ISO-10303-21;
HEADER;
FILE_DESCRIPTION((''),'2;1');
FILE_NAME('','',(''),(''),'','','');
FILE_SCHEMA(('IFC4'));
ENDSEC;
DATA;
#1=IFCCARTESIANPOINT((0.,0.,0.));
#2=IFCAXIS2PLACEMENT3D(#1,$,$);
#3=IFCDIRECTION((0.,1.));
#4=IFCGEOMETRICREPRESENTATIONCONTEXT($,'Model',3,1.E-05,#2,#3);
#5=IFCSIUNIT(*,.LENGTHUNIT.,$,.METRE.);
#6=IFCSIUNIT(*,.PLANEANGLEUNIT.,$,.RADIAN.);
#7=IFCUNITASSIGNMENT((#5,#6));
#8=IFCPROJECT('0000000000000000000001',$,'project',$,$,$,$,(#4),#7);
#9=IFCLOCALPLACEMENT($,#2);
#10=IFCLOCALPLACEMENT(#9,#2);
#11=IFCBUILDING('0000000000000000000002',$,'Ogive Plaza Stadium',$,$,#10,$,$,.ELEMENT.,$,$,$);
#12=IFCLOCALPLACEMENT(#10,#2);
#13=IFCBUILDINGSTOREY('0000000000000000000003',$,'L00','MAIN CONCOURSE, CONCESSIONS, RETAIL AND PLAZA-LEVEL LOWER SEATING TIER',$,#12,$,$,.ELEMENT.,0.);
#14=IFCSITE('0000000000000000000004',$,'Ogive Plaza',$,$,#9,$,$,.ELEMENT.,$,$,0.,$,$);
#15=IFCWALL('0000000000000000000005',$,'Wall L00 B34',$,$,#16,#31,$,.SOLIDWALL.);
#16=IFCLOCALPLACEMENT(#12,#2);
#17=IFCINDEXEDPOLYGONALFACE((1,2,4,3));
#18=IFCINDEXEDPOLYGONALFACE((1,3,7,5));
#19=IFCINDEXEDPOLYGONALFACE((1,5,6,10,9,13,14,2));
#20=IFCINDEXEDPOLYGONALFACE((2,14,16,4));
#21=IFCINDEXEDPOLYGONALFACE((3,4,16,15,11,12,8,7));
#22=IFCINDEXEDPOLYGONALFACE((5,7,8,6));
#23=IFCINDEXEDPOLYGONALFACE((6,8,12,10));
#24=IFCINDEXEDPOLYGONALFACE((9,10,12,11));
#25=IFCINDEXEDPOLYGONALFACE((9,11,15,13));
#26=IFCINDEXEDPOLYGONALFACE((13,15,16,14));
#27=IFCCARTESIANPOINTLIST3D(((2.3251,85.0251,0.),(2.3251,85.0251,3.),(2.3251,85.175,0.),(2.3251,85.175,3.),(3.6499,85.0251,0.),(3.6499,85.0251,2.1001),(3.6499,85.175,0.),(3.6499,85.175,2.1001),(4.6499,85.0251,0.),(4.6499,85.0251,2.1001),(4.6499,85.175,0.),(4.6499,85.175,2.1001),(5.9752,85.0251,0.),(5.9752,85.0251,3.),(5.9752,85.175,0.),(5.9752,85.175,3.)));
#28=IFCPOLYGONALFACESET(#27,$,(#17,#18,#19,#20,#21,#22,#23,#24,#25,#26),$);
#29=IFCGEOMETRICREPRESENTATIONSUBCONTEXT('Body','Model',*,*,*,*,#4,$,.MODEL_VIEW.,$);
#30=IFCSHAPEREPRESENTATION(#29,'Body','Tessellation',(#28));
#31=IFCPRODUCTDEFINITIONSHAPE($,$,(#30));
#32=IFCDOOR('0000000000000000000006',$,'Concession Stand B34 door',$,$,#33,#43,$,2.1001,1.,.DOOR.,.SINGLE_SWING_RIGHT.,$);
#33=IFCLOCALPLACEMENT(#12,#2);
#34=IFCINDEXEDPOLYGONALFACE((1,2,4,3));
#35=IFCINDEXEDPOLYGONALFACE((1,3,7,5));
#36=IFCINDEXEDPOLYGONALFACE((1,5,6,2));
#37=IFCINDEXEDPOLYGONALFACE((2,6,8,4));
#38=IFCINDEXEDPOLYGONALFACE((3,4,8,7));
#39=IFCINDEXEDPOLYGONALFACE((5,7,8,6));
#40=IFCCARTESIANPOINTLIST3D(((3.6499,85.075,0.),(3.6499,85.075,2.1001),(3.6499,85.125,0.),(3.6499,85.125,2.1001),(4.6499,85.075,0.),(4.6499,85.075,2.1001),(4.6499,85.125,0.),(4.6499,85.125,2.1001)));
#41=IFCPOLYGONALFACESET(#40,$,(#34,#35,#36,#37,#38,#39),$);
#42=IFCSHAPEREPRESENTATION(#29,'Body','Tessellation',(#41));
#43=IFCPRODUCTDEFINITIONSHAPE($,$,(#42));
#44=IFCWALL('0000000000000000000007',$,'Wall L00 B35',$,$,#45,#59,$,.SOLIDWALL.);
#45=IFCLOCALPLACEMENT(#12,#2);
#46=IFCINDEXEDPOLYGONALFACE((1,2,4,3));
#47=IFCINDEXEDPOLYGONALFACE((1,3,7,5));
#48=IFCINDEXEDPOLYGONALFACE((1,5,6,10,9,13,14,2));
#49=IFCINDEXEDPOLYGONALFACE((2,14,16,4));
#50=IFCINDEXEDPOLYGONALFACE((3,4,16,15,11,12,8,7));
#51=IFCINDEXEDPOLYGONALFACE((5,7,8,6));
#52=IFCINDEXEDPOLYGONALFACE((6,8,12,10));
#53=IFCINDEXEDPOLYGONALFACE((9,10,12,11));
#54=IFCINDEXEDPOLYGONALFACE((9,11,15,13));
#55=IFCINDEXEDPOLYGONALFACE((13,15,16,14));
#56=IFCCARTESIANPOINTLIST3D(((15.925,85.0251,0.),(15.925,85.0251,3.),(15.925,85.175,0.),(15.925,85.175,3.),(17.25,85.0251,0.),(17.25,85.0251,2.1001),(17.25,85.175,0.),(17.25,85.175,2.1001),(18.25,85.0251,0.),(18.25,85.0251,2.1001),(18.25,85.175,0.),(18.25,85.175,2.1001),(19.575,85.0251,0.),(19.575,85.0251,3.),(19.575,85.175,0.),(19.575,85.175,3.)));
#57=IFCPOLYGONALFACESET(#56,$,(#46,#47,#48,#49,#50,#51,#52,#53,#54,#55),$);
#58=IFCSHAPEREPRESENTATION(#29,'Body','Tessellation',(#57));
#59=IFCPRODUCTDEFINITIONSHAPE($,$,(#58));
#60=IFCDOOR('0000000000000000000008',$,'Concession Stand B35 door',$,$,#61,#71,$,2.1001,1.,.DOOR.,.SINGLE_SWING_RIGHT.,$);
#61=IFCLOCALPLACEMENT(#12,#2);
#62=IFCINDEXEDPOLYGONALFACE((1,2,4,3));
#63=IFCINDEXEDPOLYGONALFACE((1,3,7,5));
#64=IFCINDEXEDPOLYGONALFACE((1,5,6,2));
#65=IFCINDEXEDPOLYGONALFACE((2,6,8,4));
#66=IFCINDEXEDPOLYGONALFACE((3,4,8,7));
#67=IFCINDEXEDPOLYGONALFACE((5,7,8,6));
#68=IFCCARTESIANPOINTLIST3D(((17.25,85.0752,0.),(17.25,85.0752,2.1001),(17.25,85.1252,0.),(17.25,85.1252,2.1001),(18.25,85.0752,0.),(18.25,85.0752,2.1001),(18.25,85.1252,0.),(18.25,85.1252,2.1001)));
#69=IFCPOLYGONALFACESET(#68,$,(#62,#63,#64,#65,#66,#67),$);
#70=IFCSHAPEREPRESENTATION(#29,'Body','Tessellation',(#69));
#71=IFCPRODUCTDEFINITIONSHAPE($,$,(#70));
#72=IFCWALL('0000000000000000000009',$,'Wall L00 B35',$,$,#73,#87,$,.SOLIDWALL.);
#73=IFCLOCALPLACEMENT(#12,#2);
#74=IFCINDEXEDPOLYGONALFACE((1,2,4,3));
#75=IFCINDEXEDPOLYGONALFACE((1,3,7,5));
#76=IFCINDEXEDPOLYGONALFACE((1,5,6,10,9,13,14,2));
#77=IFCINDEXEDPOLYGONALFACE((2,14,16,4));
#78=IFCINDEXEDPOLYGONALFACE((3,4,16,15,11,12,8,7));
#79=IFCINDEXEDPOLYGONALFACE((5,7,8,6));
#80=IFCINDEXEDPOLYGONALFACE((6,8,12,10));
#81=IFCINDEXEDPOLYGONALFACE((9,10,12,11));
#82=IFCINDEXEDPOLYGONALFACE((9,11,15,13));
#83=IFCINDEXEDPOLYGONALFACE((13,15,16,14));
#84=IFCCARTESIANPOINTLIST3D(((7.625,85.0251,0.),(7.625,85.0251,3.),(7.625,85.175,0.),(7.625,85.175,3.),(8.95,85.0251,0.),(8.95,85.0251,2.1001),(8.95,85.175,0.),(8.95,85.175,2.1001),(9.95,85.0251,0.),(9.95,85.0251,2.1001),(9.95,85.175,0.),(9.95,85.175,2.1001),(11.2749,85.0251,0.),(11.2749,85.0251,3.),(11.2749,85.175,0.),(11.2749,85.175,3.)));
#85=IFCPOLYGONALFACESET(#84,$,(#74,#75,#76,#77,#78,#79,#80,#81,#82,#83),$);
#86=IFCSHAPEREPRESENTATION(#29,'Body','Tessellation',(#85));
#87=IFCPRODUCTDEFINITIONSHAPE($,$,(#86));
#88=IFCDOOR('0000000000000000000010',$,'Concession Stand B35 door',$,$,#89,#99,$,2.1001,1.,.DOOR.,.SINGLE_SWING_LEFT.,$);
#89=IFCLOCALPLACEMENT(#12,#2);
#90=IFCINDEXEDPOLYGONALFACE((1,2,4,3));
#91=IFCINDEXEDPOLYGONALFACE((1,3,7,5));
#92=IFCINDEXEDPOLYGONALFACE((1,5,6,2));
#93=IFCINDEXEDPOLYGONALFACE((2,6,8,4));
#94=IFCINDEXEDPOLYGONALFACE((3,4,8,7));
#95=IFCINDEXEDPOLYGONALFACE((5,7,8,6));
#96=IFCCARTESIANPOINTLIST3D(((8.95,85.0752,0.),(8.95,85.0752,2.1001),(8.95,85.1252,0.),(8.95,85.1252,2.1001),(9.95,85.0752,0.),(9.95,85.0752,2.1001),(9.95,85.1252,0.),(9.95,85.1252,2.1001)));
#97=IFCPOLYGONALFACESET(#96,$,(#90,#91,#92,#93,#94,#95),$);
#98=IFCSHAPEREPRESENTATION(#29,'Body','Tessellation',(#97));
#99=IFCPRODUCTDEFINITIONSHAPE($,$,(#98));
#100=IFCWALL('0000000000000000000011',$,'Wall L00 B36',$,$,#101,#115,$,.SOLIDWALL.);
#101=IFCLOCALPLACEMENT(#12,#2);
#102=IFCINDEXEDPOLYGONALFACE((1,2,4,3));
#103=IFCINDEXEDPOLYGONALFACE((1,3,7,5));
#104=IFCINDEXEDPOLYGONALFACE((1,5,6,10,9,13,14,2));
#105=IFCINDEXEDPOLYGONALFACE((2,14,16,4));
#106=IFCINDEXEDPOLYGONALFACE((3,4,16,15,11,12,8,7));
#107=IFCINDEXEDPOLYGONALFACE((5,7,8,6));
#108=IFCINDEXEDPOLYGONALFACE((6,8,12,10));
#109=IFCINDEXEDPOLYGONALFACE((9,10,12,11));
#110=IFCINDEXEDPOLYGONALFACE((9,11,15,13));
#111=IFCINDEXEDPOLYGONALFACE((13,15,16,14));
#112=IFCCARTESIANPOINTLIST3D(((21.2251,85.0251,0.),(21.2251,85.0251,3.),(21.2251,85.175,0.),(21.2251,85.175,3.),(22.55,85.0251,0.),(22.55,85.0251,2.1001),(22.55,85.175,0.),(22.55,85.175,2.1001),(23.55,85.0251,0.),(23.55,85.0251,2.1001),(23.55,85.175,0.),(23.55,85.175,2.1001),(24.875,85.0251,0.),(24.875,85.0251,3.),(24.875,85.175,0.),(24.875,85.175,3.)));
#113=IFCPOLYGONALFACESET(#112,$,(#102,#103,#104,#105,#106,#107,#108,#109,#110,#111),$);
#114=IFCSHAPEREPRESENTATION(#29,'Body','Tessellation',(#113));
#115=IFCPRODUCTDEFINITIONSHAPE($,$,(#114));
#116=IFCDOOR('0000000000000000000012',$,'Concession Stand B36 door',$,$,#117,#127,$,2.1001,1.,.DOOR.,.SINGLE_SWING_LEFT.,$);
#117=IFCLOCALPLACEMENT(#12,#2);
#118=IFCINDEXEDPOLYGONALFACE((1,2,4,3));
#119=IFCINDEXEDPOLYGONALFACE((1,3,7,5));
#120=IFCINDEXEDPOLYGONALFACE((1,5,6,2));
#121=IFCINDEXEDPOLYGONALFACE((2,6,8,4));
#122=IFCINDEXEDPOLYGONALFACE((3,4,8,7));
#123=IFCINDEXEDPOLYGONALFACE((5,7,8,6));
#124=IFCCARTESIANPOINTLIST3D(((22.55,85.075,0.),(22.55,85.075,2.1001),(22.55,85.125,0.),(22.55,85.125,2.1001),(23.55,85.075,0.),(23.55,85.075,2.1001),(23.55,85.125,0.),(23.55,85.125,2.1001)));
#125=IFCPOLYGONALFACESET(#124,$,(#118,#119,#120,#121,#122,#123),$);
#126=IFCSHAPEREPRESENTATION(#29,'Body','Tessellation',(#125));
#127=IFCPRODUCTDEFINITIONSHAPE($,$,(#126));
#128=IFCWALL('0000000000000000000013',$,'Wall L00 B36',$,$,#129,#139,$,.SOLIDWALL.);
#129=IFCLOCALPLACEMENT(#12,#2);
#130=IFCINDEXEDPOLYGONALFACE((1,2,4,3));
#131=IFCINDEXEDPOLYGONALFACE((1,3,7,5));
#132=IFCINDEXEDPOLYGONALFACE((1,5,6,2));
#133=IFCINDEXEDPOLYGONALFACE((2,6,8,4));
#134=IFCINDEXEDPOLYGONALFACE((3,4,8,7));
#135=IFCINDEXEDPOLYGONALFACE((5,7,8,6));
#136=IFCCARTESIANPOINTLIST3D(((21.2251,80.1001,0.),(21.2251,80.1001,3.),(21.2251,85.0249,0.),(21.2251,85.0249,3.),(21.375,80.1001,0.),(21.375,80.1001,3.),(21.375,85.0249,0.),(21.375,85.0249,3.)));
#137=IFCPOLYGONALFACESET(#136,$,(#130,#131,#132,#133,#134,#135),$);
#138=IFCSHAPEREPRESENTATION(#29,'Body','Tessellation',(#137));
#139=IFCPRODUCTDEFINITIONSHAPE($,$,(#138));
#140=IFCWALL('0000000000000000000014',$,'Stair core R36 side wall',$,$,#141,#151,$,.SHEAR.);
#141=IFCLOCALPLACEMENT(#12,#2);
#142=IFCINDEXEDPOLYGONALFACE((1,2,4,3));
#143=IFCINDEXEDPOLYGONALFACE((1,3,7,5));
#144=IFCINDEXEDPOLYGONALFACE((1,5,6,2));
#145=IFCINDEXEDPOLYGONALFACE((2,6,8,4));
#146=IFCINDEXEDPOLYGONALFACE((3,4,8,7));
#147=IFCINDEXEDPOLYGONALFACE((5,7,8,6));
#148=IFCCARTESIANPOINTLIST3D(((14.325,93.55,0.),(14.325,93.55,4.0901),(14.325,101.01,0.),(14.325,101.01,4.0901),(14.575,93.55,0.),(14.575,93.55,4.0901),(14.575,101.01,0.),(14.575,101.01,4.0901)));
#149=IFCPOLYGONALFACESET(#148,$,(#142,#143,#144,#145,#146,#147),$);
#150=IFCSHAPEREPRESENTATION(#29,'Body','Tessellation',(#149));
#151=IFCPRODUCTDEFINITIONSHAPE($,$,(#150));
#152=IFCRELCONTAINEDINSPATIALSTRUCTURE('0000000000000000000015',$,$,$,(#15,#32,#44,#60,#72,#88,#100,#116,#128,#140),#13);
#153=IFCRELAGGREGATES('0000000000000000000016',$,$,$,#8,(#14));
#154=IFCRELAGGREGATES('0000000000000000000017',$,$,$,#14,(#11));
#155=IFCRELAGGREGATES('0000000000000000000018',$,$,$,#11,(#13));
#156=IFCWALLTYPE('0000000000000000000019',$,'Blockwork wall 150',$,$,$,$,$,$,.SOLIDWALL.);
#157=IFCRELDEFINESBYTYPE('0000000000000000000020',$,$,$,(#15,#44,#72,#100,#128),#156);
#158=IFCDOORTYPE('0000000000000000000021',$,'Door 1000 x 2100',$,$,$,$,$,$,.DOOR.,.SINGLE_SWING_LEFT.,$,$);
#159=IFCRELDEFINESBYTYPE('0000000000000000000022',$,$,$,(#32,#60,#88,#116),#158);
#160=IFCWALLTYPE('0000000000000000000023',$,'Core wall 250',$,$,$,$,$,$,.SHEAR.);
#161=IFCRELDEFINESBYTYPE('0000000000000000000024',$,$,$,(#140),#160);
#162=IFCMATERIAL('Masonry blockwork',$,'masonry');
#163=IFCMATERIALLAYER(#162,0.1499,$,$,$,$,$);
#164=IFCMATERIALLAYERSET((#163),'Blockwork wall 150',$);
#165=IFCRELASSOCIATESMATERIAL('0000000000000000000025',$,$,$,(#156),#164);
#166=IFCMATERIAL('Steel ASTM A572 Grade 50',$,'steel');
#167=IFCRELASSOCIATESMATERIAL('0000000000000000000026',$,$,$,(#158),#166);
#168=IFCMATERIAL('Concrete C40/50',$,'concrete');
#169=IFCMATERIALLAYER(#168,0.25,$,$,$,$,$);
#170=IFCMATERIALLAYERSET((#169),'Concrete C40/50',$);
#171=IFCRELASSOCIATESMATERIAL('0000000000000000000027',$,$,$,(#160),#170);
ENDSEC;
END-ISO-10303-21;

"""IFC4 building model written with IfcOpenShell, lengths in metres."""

from ifc_helpers import new_model, si_unit, direction, frame, frame_2d, origin, place, context, subcontext, project, spatial, rectangle, extrude, material, layer, layer_set, type_object, element, fill, save


model = new_model("IFC4")

# Units and contexts
model_context = context("Model", 3, precision=1e-05, world=origin(), true_north=direction((0.0, 1.0)))
body_context = subcontext(model_context, "Body", "Model", "MODEL_VIEW")
ifc_project = project(units=[si_unit("LENGTHUNIT", "METRE"), si_unit("PLANEANGLEUNIT", "RADIAN")], contexts=[model_context])

# Site, building, storey
site_placement = place(None, origin())
site = spatial("IfcSite", under=ifc_project, at=site_placement, Name="Ogive Plaza", CompositionType="ELEMENT", RefElevation=0.0)
building_placement = place(site_placement, origin())
building = spatial("IfcBuilding", under=site, at=building_placement, Name="Ogive Plaza Stadium", CompositionType="ELEMENT")
storey_placement = place(building_placement, origin())
storey = spatial("IfcBuildingStorey", under=building, at=storey_placement, Name="L00", Description="MAIN CONCOURSE, CONCESSIONS, RETAIL AND PLAZA-LEVEL LOWER SEATING TIER", CompositionType="ELEMENT", Elevation=0.0)

# Walls, openings, doors
ifc_material_1 = material(Name="Masonry blockwork", Category="masonry")
ifc_layer_1 = layer(ifc_material_1, 0.1499)
ifc_layer_set_1 = layer_set([ifc_layer_1], Name="Blockwork wall 150")
wall_type_1 = type_object("IfcWallType", Name="Blockwork wall 150", PredefinedType="SOLIDWALL", material=ifc_layer_set_1)
wall_1_placement = place(storey_placement, frame((2.325, 85.1001, 0.0), z_axis=(0.0, 0.0, 1.0), x_axis=(1.0, 0.0, 0.0)))
wall_1 = element("IfcWall", 1, at=wall_1_placement, inside=storey, type_object=wall_type_1, Name="Wall L00 B34", PredefinedType="SOLIDWALL", context=body_context, shape_type="SweptSolid", body=[
    extrude(rectangle(XDim=3.6501, YDim=0.1499, at=frame_2d((1.8252, 0.0))), origin(), (0.0, 0.0, 1.0), 3.0),
])
opening_1_placement = place(wall_1_placement, frame((1.325, 0.0, 0.0)))
opening_1 = element("IfcOpeningElement", 2, at=opening_1_placement, cuts=wall_1, PredefinedType="OPENING", context=body_context, shape_type="SweptSolid", body=[
    extrude(rectangle(XDim=1.0, YDim=2.1001, at=frame_2d((0.5, 1.05))), frame((0.0, 0.075, 0.0), z_axis=(0.0, -1.0, 0.0), x_axis=(1.0, 0.0, 0.0)), (0.0, 0.0, 1.0), 0.1499),
])
ifc_material_2 = material(Name="Steel ASTM A572 Grade 50", Category="steel")
door_type = type_object("IfcDoorType", Name="Door 1000 x 2100", OperationType="SINGLE_SWING_LEFT", PredefinedType="DOOR", material=ifc_material_2)
door_1_placement = place(opening_1_placement, origin())
door_1 = element("IfcDoor", 3, at=door_1_placement, inside=storey, type_object=door_type, Name="Concession Stand B34 door", OperationType="SINGLE_SWING_RIGHT", OverallHeight=2.1001, OverallWidth=1.0, PredefinedType="DOOR", context=body_context, shape_type="SweptSolid", body=[
    extrude(rectangle(XDim=1.0, YDim=2.1001, at=frame_2d((0.5, 1.05))), frame((0.0, 0.0249, 0.0), z_axis=(0.0, -1.0, 0.0), x_axis=(1.0, 0.0, 0.0)), (0.0, 0.0, 1.0), 0.05),
])
fill(opening_1, door_1)
wall_2_placement = place(storey_placement, frame((19.575, 85.1001, 0.0), z_axis=(0.0, 0.0, 1.0), x_axis=(-1.0, 0.0, 0.0)))
wall_2 = element("IfcWall", 4, at=wall_2_placement, inside=storey, type_object=wall_type_1, Name="Wall L00 B35", PredefinedType="SOLIDWALL", context=body_context, shape_type="SweptSolid", body=[
    extrude(rectangle(XDim=3.6499, YDim=0.1499, at=frame_2d((1.825, 0.0))), origin(), (0.0, 0.0, 1.0), 3.0),
])
opening_2_placement = place(wall_2_placement, frame((1.325, 0.0, 0.0)))
opening_2 = element("IfcOpeningElement", 5, at=opening_2_placement, cuts=wall_2, PredefinedType="OPENING", context=body_context, shape_type="SweptSolid", body=[
    extrude(rectangle(XDim=1.0, YDim=2.1001, at=frame_2d((0.5, 1.05))), frame((0.0, 0.075, 0.0), z_axis=(0.0, -1.0, 0.0), x_axis=(1.0, 0.0, 0.0)), (0.0, 0.0, 1.0), 0.1499),
])
door_2_placement = place(opening_2_placement, origin())
door_2 = element("IfcDoor", 6, at=door_2_placement, inside=storey, type_object=door_type, Name="Concession Stand B35 door", OperationType="SINGLE_SWING_RIGHT", OverallHeight=2.1001, OverallWidth=1.0, PredefinedType="DOOR", context=body_context, shape_type="SweptSolid", body=[
    extrude(rectangle(XDim=1.0, YDim=2.1001, at=frame_2d((0.5, 1.05))), frame((0.0, 0.0249, 0.0), z_axis=(0.0, -1.0, 0.0), x_axis=(1.0, 0.0, 0.0)), (0.0, 0.0, 1.0), 0.05),
])
fill(opening_2, door_2)
wall_3_placement = place(storey_placement, frame((11.2749, 85.1001, 0.0), z_axis=(0.0, 0.0, 1.0), x_axis=(-1.0, 0.0, 0.0)))
wall_3 = element("IfcWall", 7, at=wall_3_placement, inside=storey, type_object=wall_type_1, Name="Wall L00 B35", PredefinedType="SOLIDWALL", context=body_context, shape_type="SweptSolid", body=[
    extrude(rectangle(XDim=3.6499, YDim=0.1499, at=frame_2d((1.825, 0.0))), origin(), (0.0, 0.0, 1.0), 3.0),
])
opening_3_placement = place(wall_3_placement, frame((1.325, 0.0, 0.0)))
opening_3 = element("IfcOpeningElement", 8, at=opening_3_placement, cuts=wall_3, PredefinedType="OPENING", context=body_context, shape_type="SweptSolid", body=[
    extrude(rectangle(XDim=1.0, YDim=2.1001, at=frame_2d((0.5, 1.05))), frame((0.0, 0.075, 0.0), z_axis=(0.0, -1.0, 0.0), x_axis=(1.0, 0.0, 0.0)), (0.0, 0.0, 1.0), 0.1499),
])
door_3_placement = place(opening_3_placement, origin())
door_3 = element("IfcDoor", 9, at=door_3_placement, inside=storey, type_object=door_type, Name="Concession Stand B35 door", OperationType="SINGLE_SWING_LEFT", OverallHeight=2.1001, OverallWidth=1.0, PredefinedType="DOOR", context=body_context, shape_type="SweptSolid", body=[
    extrude(rectangle(XDim=1.0, YDim=2.1001, at=frame_2d((0.5, 1.05))), frame((0.0, 0.0249, 0.0), z_axis=(0.0, -1.0, 0.0), x_axis=(1.0, 0.0, 0.0)), (0.0, 0.0, 1.0), 0.05),
])
fill(opening_3, door_3)
wall_4_placement = place(storey_placement, frame((21.2251, 85.1001, 0.0), z_axis=(0.0, 0.0, 1.0), x_axis=(1.0, 0.0, 0.0)))
wall_4 = element("IfcWall", 10, at=wall_4_placement, inside=storey, type_object=wall_type_1, Name="Wall L00 B36", PredefinedType="SOLIDWALL", context=body_context, shape_type="SweptSolid", body=[
    extrude(rectangle(XDim=3.6499, YDim=0.1499, at=frame_2d((1.825, 0.0))), origin(), (0.0, 0.0, 1.0), 3.0),
])
opening_4_placement = place(wall_4_placement, frame((1.325, 0.0, 0.0)))
opening_4 = element("IfcOpeningElement", 11, at=opening_4_placement, cuts=wall_4, PredefinedType="OPENING", context=body_context, shape_type="SweptSolid", body=[
    extrude(rectangle(XDim=1.0, YDim=2.1001, at=frame_2d((0.5, 1.05))), frame((0.0, 0.075, 0.0), z_axis=(0.0, -1.0, 0.0), x_axis=(1.0, 0.0, 0.0)), (0.0, 0.0, 1.0), 0.1499),
])
door_4_placement = place(opening_4_placement, origin())
door_4 = element("IfcDoor", 12, at=door_4_placement, inside=storey, type_object=door_type, Name="Concession Stand B36 door", OperationType="SINGLE_SWING_LEFT", OverallHeight=2.1001, OverallWidth=1.0, PredefinedType="DOOR", context=body_context, shape_type="SweptSolid", body=[
    extrude(rectangle(XDim=1.0, YDim=2.1001, at=frame_2d((0.5, 1.05))), frame((0.0, 0.0249, 0.0), z_axis=(0.0, -1.0, 0.0), x_axis=(1.0, 0.0, 0.0)), (0.0, 0.0, 1.0), 0.05),
])
fill(opening_4, door_4)

# Walls
wall_5_placement = place(storey_placement, frame((21.3, 80.1001, 0.0), z_axis=(0.0, 0.0, 1.0), x_axis=(0.0, 1.0, 0.0)))
element("IfcWall", 13, at=wall_5_placement, inside=storey, type_object=wall_type_1, Name="Wall L00 B36", PredefinedType="SOLIDWALL", context=body_context, shape_type="SweptSolid", body=[
    extrude(rectangle(XDim=4.9248, YDim=0.1499, at=frame_2d((2.4624, 0.0))), origin(), (0.0, 0.0, 1.0), 3.0),
])
ifc_material_3 = material(Name="Concrete C40/50", Category="concrete")
ifc_layer_2 = layer(ifc_material_3, 0.25)
ifc_layer_set_2 = layer_set([ifc_layer_2], Name="Concrete C40/50")
wall_type_2 = type_object("IfcWallType", Name="Core wall 250", PredefinedType="SHEAR", material=ifc_layer_set_2)
wall_6_placement = place(storey_placement, frame((14.45, 93.55, 0.0), z_axis=(0.0, 0.0, 1.0), x_axis=(0.0, 1.0, 0.0)))
element("IfcWall", 14, at=wall_6_placement, inside=storey, type_object=wall_type_2, Name="Stair core R36 side wall", PredefinedType="SHEAR", context=body_context, shape_type="SweptSolid", body=[
    extrude(rectangle(XDim=7.46, YDim=0.25, at=frame_2d((3.73, 0.0))), origin(), (0.0, 0.0, 1.0), 4.0901),
])

save(model, "model.ifc")
